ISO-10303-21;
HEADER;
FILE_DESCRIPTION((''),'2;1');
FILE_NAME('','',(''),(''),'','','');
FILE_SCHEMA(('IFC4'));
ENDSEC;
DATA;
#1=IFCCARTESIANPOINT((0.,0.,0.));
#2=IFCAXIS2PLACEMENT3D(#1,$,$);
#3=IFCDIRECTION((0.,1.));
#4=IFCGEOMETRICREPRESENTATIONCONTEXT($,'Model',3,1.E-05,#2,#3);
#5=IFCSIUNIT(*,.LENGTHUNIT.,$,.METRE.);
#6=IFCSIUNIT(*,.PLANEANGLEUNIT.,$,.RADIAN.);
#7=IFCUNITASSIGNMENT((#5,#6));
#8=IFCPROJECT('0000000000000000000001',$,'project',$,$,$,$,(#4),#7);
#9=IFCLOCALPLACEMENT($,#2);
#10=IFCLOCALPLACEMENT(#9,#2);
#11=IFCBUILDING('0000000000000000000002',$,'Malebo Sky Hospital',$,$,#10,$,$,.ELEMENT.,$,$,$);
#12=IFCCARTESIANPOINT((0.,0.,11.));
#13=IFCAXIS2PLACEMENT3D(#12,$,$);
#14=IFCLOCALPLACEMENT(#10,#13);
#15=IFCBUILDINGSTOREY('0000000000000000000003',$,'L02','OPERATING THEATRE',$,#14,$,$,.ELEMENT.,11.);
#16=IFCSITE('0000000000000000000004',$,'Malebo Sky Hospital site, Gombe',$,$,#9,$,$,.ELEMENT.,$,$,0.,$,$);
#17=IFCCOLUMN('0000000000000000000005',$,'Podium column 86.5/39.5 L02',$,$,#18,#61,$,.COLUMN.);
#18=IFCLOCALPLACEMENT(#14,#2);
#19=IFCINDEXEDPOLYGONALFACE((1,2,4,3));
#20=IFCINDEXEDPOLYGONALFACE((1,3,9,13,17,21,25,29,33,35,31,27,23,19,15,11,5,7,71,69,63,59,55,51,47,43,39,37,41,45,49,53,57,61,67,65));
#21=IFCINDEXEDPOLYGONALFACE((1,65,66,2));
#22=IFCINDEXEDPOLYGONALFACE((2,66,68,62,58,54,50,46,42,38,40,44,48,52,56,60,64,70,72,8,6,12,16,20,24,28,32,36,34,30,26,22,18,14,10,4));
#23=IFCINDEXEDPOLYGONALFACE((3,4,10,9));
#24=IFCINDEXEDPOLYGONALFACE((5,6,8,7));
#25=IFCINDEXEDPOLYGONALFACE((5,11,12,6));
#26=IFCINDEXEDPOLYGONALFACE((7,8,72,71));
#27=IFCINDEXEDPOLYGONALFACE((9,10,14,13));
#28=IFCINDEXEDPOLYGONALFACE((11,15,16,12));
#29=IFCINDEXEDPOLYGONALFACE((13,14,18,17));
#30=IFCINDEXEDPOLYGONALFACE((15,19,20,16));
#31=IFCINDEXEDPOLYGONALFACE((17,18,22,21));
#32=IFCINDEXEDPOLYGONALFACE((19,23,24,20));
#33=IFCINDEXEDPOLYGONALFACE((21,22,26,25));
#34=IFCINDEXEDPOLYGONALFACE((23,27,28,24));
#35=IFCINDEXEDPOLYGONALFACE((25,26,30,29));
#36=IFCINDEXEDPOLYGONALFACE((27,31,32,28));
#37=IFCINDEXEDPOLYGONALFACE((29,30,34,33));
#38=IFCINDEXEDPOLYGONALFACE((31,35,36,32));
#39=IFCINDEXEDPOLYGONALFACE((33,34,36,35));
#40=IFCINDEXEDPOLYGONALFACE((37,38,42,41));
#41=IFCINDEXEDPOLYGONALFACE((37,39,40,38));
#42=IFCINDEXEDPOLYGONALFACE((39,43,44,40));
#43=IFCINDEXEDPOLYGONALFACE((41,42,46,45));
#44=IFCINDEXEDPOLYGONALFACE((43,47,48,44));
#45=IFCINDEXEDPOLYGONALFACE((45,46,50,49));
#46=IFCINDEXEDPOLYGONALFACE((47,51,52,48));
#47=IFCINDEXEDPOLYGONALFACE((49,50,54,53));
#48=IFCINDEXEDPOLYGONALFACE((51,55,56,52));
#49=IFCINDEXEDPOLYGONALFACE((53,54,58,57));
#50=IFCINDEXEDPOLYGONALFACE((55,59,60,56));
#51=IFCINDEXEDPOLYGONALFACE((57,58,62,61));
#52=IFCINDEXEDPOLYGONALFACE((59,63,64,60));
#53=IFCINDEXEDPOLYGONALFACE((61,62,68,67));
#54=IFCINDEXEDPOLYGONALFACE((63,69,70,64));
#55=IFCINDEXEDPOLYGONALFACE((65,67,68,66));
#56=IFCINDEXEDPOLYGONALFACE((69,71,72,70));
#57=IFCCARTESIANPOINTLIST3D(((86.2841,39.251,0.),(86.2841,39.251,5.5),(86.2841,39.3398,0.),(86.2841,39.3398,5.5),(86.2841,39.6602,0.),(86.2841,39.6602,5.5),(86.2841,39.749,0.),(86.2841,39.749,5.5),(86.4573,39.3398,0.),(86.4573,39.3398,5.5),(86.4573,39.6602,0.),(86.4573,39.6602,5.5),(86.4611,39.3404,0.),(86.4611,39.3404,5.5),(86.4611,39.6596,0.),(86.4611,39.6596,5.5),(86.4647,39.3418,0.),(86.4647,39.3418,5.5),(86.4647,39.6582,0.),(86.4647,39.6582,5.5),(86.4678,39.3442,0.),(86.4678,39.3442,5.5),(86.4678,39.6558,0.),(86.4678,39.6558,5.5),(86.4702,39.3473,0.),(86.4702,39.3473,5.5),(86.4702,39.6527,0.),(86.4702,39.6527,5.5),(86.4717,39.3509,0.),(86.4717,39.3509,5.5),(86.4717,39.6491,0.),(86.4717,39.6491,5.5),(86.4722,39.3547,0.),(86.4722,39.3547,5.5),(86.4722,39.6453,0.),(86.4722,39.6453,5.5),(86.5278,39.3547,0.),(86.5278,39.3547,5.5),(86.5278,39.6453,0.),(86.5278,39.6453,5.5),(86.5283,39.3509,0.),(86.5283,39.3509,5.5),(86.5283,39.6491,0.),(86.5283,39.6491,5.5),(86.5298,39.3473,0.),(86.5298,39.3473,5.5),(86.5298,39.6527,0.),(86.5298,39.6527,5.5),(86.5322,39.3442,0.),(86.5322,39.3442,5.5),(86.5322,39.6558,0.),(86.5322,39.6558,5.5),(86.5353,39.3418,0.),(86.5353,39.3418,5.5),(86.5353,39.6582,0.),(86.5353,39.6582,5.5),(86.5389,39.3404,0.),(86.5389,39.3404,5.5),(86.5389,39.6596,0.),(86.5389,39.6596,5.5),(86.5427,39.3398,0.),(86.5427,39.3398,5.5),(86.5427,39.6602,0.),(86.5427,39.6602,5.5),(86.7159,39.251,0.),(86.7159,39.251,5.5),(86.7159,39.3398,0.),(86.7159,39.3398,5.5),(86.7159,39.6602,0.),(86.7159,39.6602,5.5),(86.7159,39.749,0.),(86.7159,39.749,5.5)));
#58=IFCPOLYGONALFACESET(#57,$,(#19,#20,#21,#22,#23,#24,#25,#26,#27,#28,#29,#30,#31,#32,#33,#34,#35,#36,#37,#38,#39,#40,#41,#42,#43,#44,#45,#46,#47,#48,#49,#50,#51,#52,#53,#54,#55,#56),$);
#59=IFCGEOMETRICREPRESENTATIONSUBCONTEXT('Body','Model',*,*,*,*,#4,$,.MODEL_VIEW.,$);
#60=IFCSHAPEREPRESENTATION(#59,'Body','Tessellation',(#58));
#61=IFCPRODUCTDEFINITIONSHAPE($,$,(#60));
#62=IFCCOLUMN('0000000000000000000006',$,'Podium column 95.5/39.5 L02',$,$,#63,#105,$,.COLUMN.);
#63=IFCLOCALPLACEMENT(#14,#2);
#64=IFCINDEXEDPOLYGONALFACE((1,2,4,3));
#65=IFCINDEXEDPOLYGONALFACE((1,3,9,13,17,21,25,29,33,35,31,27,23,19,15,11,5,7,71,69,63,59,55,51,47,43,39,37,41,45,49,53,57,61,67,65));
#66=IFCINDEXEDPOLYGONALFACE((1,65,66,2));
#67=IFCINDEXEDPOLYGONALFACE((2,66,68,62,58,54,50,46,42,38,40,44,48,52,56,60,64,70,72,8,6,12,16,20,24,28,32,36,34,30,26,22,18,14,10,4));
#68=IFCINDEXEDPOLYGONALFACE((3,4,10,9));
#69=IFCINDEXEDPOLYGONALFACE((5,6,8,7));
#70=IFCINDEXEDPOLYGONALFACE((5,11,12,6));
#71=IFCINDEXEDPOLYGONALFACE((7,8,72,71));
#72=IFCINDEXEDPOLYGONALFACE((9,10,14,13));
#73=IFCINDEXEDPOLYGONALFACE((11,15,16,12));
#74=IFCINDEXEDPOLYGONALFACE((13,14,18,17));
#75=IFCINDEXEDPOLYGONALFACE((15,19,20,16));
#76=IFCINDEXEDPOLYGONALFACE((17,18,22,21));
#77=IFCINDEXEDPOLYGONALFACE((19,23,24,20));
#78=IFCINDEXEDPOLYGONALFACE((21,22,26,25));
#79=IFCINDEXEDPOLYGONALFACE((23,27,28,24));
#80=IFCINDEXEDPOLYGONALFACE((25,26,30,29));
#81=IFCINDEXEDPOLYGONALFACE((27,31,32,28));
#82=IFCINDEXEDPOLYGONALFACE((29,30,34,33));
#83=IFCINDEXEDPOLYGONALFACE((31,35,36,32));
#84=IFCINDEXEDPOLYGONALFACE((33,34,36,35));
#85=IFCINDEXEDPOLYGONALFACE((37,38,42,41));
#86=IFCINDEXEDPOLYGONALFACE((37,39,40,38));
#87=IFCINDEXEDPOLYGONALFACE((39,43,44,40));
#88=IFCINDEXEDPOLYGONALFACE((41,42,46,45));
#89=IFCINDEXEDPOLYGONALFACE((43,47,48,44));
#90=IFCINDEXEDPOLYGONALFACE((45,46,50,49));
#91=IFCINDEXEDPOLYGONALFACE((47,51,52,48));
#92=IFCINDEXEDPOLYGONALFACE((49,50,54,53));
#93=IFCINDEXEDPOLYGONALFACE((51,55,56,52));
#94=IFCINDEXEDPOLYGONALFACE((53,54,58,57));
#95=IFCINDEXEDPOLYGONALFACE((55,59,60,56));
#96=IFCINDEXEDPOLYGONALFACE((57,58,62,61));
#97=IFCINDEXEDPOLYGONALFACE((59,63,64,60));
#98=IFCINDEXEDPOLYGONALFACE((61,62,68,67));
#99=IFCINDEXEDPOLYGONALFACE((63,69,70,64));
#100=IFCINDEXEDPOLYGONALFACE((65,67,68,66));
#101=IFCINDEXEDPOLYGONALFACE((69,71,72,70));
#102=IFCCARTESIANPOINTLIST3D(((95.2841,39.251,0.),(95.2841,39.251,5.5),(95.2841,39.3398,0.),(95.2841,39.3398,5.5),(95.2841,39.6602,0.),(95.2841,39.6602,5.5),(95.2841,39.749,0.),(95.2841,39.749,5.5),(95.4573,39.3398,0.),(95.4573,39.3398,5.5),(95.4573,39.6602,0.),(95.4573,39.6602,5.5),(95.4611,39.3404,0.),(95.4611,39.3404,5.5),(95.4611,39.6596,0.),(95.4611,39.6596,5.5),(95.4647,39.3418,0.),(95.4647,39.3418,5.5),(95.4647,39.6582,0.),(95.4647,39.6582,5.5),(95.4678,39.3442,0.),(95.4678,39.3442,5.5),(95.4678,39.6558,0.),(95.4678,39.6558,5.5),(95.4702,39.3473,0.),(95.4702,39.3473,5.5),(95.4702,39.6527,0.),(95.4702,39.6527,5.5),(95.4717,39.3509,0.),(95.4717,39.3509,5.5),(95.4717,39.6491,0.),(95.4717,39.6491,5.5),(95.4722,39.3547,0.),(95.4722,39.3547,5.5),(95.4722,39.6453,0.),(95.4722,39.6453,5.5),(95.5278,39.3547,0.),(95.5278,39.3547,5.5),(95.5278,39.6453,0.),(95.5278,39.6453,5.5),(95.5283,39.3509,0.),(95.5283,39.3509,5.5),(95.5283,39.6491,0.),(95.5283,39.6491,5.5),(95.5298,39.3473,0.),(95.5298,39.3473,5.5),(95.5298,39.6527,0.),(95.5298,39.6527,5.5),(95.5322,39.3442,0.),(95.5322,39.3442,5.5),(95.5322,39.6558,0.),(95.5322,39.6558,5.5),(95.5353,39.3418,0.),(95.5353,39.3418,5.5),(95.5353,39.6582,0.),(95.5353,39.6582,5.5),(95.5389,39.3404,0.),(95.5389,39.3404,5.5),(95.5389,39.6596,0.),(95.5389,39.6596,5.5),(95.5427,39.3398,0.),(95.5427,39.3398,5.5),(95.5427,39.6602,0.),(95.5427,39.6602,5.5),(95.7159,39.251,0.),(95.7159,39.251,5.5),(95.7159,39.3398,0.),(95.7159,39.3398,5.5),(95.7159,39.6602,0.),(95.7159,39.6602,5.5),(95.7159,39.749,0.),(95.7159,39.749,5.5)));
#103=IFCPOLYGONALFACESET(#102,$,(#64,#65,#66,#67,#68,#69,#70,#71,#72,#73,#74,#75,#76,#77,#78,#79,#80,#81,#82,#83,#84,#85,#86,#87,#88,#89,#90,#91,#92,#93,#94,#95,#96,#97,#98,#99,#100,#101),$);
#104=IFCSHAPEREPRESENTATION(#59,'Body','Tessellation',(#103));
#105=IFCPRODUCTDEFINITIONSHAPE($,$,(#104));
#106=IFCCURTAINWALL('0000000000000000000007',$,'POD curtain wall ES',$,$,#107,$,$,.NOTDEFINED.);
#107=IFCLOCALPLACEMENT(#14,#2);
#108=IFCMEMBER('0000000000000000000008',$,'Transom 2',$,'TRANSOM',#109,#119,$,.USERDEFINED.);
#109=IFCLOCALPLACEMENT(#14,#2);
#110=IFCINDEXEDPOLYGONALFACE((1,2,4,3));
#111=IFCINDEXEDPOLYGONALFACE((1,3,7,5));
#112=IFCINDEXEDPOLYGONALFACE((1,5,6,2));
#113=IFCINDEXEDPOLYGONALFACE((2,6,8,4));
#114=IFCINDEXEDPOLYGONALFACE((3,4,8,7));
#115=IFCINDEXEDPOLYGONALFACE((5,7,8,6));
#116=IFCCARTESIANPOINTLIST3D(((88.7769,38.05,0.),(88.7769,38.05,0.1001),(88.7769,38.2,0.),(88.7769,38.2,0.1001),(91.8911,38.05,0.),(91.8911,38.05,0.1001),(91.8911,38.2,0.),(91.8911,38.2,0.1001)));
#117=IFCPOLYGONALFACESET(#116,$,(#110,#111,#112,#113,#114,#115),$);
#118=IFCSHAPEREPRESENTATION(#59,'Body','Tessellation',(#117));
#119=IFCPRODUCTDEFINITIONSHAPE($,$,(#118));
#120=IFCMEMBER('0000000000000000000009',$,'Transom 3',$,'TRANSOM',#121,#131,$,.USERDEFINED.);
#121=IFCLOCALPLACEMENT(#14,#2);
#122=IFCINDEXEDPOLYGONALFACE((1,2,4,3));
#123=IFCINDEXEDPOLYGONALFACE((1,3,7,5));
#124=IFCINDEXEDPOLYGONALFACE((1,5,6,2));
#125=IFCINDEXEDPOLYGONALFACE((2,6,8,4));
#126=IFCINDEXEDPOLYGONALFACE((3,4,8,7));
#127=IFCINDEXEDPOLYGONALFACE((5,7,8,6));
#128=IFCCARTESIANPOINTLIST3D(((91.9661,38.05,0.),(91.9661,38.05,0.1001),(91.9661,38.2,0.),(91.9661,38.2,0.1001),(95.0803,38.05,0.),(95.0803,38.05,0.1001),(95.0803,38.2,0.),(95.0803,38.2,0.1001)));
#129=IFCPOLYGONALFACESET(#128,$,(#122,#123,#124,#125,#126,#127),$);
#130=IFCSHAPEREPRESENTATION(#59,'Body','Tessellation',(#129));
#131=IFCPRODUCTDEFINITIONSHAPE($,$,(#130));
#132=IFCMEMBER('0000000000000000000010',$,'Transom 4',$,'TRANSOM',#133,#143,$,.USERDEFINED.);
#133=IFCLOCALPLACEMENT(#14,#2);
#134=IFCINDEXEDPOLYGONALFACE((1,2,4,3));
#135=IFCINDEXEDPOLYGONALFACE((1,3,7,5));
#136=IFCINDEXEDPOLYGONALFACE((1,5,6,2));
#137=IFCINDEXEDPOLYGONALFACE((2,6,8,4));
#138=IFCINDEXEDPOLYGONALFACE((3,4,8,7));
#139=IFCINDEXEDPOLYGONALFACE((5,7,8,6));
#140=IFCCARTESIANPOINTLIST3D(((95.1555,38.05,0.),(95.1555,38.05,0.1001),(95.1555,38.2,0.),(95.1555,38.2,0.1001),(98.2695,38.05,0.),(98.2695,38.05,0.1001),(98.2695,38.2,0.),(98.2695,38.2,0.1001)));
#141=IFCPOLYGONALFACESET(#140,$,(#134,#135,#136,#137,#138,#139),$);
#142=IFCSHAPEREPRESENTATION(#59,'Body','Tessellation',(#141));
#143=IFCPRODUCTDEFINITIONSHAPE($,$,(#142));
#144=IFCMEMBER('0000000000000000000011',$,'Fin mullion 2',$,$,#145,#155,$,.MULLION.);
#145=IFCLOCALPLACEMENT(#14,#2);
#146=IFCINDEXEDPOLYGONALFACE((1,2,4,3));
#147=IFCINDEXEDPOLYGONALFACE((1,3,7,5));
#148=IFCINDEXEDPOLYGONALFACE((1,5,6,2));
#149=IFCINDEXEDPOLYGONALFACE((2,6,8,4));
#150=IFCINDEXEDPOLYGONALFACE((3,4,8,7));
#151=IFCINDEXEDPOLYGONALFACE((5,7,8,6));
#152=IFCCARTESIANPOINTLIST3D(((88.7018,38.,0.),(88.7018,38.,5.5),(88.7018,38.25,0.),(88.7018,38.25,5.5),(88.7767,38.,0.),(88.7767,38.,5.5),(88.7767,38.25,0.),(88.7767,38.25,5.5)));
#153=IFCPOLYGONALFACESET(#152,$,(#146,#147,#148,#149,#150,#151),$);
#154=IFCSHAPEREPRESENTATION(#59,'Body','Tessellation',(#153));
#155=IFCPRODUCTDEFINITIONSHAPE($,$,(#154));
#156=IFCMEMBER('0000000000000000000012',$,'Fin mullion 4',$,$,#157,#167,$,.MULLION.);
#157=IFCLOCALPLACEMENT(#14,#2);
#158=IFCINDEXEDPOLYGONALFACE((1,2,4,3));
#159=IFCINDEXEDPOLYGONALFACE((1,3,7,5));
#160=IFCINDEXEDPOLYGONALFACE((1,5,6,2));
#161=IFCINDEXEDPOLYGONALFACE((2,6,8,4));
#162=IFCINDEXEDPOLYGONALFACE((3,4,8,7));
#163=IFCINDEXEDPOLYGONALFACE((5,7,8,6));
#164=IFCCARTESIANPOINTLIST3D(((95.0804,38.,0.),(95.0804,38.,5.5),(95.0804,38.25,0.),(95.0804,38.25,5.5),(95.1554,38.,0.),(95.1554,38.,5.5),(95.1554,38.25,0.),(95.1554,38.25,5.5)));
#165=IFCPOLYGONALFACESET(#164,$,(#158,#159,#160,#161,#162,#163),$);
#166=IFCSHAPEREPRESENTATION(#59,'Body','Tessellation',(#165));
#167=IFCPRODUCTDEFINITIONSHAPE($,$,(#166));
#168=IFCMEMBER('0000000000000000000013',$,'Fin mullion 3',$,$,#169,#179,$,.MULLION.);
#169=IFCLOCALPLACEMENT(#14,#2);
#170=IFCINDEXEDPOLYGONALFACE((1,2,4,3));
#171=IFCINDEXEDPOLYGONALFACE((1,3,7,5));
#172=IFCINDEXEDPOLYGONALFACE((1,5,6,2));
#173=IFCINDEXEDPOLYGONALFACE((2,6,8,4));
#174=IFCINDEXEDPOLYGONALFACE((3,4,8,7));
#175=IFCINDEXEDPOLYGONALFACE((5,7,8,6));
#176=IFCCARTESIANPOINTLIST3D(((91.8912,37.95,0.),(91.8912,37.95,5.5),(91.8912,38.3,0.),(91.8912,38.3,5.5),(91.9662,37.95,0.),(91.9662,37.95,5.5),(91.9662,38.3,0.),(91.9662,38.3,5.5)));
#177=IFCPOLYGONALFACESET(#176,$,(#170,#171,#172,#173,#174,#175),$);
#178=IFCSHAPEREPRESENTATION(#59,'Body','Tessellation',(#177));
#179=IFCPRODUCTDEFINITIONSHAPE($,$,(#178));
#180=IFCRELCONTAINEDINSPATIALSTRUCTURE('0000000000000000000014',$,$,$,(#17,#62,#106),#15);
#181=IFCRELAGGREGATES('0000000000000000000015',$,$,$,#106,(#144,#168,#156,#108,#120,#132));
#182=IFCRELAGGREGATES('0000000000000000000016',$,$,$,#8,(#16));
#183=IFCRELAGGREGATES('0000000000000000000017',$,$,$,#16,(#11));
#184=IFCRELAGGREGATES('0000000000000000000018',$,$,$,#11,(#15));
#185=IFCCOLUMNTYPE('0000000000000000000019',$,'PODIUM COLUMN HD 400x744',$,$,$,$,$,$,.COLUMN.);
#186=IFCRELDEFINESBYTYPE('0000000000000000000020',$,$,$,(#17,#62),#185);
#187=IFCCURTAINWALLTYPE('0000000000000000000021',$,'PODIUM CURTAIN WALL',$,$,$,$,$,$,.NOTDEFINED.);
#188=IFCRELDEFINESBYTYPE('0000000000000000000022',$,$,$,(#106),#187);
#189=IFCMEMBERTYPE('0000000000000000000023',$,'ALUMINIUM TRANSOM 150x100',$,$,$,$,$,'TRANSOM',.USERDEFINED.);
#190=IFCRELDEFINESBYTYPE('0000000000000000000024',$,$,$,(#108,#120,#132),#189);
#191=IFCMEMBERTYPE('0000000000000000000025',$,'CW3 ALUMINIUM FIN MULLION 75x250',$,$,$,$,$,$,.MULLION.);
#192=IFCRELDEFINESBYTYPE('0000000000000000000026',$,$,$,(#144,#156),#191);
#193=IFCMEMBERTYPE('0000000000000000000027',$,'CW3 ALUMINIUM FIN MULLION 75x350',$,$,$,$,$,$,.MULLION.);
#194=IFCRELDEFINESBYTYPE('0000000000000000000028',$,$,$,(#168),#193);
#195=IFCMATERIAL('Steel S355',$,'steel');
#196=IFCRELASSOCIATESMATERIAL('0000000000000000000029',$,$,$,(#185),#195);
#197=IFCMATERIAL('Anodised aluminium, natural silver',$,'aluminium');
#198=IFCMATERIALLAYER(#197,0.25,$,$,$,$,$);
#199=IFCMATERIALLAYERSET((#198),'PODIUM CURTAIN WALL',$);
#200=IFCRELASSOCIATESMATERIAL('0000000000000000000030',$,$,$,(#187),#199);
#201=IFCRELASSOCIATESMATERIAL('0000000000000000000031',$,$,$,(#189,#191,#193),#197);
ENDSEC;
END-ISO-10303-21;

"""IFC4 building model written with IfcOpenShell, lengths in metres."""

from ifc_helpers import new_model, si_unit, direction, frame, origin, origin_2d, place, context, subcontext, project, spatial, rectangle, i_section, extrude, material, layer, layer_set, material_profile, profile_set, type_object, element, aggregate, save


model = new_model("IFC4")

# Units and contexts
model_context = context("Model", 3, precision=1e-05, world=origin(), true_north=direction((0.0, 1.0)))
body_context = subcontext(model_context, "Body", "Model", "MODEL_VIEW")
ifc_project = project(units=[si_unit("LENGTHUNIT", "METRE"), si_unit("PLANEANGLEUNIT", "RADIAN")], contexts=[model_context])

# Site, building, storey
site_placement = place(None, origin())
site = spatial("IfcSite", under=ifc_project, at=site_placement, Name="Malebo Sky Hospital site, Gombe", CompositionType="ELEMENT", RefElevation=0.0)
building_placement = place(site_placement, origin())
building = spatial("IfcBuilding", under=site, at=building_placement, Name="Malebo Sky Hospital", CompositionType="ELEMENT")
storey_placement = place(building_placement, frame((0.0, 0.0, 11.0)))
storey = spatial("IfcBuildingStorey", under=building, at=storey_placement, Name="L02", Description="OPERATING THEATRE", CompositionType="ELEMENT", Elevation=11.0)

# Columns
ifc_material_1 = material(Name="Steel S355", Category="steel")
ifc_material_profile_1 = material_profile(ifc_material_1, i_section(OverallWidth=0.4319, OverallDepth=0.498, WebThickness=0.0557, FlangeThickness=0.0889, FilletRadius=0.0149, at=origin_2d()), Name="HD 400x744")
ifc_profile_set_1 = profile_set([ifc_material_profile_1], Name="Steel S355")
column_type = type_object("IfcColumnType", Name="PODIUM COLUMN HD 400x744", PredefinedType="COLUMN", material=ifc_profile_set_1)
for number, where, z_axis, x_axis, name in (
    (1, (86.5, 39.5, 0.0), (0.0, 0.0, 1.0), (1.0, 0.0, 0.0), "Podium column 86.5/39.5 L02"),
    (2, (95.5, 39.5, 0.0), (0.0, 0.0, 1.0), (1.0, 0.0, 0.0), "Podium column 95.5/39.5 L02"),
):
    element("IfcColumn", number, at=place(storey_placement, frame(where, z_axis=z_axis, x_axis=x_axis)), inside=storey, type_object=column_type, Name=name, PredefinedType="COLUMN", context=body_context, shape_type="SweptSolid", body=[
        extrude(i_section(OverallWidth=0.4319, OverallDepth=0.498, WebThickness=0.0557, FlangeThickness=0.0889, FilletRadius=0.0149, at=origin_2d()), origin(), (0.0, 0.0, 1.0), 5.5),
    ])

# Curtain wall, members
ifc_material_2 = material(Name="Anodised aluminium, natural silver", Category="aluminium")
ifc_layer_1 = layer(ifc_material_2, 0.25)
ifc_layer_set_1 = layer_set([ifc_layer_1], Name="PODIUM CURTAIN WALL")
curtain_wall_type = type_object("IfcCurtainWallType", Name="PODIUM CURTAIN WALL", PredefinedType="NOTDEFINED", material=ifc_layer_set_1)
curtain_wall_placement = place(storey_placement, origin())
curtain_wall = element("IfcCurtainWall", 3, at=curtain_wall_placement, inside=storey, type_object=curtain_wall_type, Name="POD curtain wall ES", PredefinedType="NOTDEFINED")
ifc_material_profile_2 = material_profile(ifc_material_2, rectangle(XDim=0.1499, YDim=0.1001, at=origin_2d()), Name="ALUMINIUM TRANSOM 150x100")
ifc_profile_set_2 = profile_set([ifc_material_profile_2], Name="Anodised aluminium, natural silver")
member_type_1 = type_object("IfcMemberType", Name="ALUMINIUM TRANSOM 150x100", ElementType="TRANSOM", PredefinedType="USERDEFINED", material=ifc_profile_set_2)
member_1_placement = place(storey_placement, frame((88.7769, 38.125, 0.05), z_axis=(1.0, 0.0, 0.0), x_axis=(0.0, 1.0, 0.0)))
member_1 = element("IfcMember", 4, at=member_1_placement, type_object=member_type_1, Name="Transom 2", ObjectType="TRANSOM", PredefinedType="USERDEFINED", context=body_context, shape_type="SweptSolid", body=[
    extrude(rectangle(XDim=0.1499, YDim=0.1001, at=origin_2d()), origin(), (0.0, 0.0, 1.0), 3.1143),
])
member_2_placement = place(storey_placement, frame((91.9661, 38.125, 0.05), z_axis=(1.0, 0.0, 0.0), x_axis=(0.0, 1.0, 0.0)))
member_2 = element("IfcMember", 5, at=member_2_placement, type_object=member_type_1, Name="Transom 3", ObjectType="TRANSOM", PredefinedType="USERDEFINED", context=body_context, shape_type="SweptSolid", body=[
    extrude(rectangle(XDim=0.1499, YDim=0.1001, at=origin_2d()), origin(), (0.0, 0.0, 1.0), 3.1143),
])
member_3_placement = place(storey_placement, frame((95.1555, 38.125, 0.05), z_axis=(1.0, 0.0, 0.0), x_axis=(0.0, 1.0, 0.0)))
member_3 = element("IfcMember", 6, at=member_3_placement, type_object=member_type_1, Name="Transom 4", ObjectType="TRANSOM", PredefinedType="USERDEFINED", context=body_context, shape_type="SweptSolid", body=[
    extrude(rectangle(XDim=0.1499, YDim=0.1001, at=origin_2d()), origin(), (0.0, 0.0, 1.0), 3.114),
])
ifc_material_profile_3 = material_profile(ifc_material_2, rectangle(XDim=0.075, YDim=0.25, at=origin_2d()), Name="CW3 ALUMINIUM FIN MULLION 75x250")
ifc_profile_set_3 = profile_set([ifc_material_profile_3], Name="Anodised aluminium, natural silver")
member_type_2 = type_object("IfcMemberType", Name="CW3 ALUMINIUM FIN MULLION 75x250", PredefinedType="MULLION", material=ifc_profile_set_3)
member_4_placement = place(storey_placement, frame((88.7393, 38.125, 0.0), z_axis=(0.0, 0.0, 1.0), x_axis=(1.0, 0.0, 0.0)))
member_4 = element("IfcMember", 7, at=member_4_placement, type_object=member_type_2, Name="Fin mullion 2", PredefinedType="MULLION", context=body_context, shape_type="SweptSolid", body=[
    extrude(rectangle(XDim=0.075, YDim=0.25, at=origin_2d()), origin(), (0.0, 0.0, 1.0), 5.5),
])
member_5_placement = place(storey_placement, frame((95.1179, 38.125, 0.0), z_axis=(0.0, 0.0, 1.0), x_axis=(1.0, 0.0, 0.0)))
member_5 = element("IfcMember", 8, at=member_5_placement, type_object=member_type_2, Name="Fin mullion 4", PredefinedType="MULLION", context=body_context, shape_type="SweptSolid", body=[
    extrude(rectangle(XDim=0.075, YDim=0.25, at=origin_2d()), origin(), (0.0, 0.0, 1.0), 5.5),
])
ifc_material_profile_4 = material_profile(ifc_material_2, rectangle(XDim=0.075, YDim=0.3501, at=origin_2d()), Name="CW3 ALUMINIUM FIN MULLION 75x350")
ifc_profile_set_4 = profile_set([ifc_material_profile_4], Name="Anodised aluminium, natural silver")
member_type_3 = type_object("IfcMemberType", Name="CW3 ALUMINIUM FIN MULLION 75x350", PredefinedType="MULLION", material=ifc_profile_set_4)
member_6_placement = place(storey_placement, frame((91.9287, 38.125, 0.0), z_axis=(0.0, 0.0, 1.0), x_axis=(1.0, 0.0, 0.0)))
member_6 = element("IfcMember", 9, at=member_6_placement, type_object=member_type_3, Name="Fin mullion 3", PredefinedType="MULLION", context=body_context, shape_type="SweptSolid", body=[
    extrude(rectangle(XDim=0.075, YDim=0.3501, at=origin_2d()), origin(), (0.0, 0.0, 1.0), 5.5),
])

aggregate(curtain_wall, [member_4, member_6, member_5, member_1, member_2, member_3])

save(model, "model.ifc")
